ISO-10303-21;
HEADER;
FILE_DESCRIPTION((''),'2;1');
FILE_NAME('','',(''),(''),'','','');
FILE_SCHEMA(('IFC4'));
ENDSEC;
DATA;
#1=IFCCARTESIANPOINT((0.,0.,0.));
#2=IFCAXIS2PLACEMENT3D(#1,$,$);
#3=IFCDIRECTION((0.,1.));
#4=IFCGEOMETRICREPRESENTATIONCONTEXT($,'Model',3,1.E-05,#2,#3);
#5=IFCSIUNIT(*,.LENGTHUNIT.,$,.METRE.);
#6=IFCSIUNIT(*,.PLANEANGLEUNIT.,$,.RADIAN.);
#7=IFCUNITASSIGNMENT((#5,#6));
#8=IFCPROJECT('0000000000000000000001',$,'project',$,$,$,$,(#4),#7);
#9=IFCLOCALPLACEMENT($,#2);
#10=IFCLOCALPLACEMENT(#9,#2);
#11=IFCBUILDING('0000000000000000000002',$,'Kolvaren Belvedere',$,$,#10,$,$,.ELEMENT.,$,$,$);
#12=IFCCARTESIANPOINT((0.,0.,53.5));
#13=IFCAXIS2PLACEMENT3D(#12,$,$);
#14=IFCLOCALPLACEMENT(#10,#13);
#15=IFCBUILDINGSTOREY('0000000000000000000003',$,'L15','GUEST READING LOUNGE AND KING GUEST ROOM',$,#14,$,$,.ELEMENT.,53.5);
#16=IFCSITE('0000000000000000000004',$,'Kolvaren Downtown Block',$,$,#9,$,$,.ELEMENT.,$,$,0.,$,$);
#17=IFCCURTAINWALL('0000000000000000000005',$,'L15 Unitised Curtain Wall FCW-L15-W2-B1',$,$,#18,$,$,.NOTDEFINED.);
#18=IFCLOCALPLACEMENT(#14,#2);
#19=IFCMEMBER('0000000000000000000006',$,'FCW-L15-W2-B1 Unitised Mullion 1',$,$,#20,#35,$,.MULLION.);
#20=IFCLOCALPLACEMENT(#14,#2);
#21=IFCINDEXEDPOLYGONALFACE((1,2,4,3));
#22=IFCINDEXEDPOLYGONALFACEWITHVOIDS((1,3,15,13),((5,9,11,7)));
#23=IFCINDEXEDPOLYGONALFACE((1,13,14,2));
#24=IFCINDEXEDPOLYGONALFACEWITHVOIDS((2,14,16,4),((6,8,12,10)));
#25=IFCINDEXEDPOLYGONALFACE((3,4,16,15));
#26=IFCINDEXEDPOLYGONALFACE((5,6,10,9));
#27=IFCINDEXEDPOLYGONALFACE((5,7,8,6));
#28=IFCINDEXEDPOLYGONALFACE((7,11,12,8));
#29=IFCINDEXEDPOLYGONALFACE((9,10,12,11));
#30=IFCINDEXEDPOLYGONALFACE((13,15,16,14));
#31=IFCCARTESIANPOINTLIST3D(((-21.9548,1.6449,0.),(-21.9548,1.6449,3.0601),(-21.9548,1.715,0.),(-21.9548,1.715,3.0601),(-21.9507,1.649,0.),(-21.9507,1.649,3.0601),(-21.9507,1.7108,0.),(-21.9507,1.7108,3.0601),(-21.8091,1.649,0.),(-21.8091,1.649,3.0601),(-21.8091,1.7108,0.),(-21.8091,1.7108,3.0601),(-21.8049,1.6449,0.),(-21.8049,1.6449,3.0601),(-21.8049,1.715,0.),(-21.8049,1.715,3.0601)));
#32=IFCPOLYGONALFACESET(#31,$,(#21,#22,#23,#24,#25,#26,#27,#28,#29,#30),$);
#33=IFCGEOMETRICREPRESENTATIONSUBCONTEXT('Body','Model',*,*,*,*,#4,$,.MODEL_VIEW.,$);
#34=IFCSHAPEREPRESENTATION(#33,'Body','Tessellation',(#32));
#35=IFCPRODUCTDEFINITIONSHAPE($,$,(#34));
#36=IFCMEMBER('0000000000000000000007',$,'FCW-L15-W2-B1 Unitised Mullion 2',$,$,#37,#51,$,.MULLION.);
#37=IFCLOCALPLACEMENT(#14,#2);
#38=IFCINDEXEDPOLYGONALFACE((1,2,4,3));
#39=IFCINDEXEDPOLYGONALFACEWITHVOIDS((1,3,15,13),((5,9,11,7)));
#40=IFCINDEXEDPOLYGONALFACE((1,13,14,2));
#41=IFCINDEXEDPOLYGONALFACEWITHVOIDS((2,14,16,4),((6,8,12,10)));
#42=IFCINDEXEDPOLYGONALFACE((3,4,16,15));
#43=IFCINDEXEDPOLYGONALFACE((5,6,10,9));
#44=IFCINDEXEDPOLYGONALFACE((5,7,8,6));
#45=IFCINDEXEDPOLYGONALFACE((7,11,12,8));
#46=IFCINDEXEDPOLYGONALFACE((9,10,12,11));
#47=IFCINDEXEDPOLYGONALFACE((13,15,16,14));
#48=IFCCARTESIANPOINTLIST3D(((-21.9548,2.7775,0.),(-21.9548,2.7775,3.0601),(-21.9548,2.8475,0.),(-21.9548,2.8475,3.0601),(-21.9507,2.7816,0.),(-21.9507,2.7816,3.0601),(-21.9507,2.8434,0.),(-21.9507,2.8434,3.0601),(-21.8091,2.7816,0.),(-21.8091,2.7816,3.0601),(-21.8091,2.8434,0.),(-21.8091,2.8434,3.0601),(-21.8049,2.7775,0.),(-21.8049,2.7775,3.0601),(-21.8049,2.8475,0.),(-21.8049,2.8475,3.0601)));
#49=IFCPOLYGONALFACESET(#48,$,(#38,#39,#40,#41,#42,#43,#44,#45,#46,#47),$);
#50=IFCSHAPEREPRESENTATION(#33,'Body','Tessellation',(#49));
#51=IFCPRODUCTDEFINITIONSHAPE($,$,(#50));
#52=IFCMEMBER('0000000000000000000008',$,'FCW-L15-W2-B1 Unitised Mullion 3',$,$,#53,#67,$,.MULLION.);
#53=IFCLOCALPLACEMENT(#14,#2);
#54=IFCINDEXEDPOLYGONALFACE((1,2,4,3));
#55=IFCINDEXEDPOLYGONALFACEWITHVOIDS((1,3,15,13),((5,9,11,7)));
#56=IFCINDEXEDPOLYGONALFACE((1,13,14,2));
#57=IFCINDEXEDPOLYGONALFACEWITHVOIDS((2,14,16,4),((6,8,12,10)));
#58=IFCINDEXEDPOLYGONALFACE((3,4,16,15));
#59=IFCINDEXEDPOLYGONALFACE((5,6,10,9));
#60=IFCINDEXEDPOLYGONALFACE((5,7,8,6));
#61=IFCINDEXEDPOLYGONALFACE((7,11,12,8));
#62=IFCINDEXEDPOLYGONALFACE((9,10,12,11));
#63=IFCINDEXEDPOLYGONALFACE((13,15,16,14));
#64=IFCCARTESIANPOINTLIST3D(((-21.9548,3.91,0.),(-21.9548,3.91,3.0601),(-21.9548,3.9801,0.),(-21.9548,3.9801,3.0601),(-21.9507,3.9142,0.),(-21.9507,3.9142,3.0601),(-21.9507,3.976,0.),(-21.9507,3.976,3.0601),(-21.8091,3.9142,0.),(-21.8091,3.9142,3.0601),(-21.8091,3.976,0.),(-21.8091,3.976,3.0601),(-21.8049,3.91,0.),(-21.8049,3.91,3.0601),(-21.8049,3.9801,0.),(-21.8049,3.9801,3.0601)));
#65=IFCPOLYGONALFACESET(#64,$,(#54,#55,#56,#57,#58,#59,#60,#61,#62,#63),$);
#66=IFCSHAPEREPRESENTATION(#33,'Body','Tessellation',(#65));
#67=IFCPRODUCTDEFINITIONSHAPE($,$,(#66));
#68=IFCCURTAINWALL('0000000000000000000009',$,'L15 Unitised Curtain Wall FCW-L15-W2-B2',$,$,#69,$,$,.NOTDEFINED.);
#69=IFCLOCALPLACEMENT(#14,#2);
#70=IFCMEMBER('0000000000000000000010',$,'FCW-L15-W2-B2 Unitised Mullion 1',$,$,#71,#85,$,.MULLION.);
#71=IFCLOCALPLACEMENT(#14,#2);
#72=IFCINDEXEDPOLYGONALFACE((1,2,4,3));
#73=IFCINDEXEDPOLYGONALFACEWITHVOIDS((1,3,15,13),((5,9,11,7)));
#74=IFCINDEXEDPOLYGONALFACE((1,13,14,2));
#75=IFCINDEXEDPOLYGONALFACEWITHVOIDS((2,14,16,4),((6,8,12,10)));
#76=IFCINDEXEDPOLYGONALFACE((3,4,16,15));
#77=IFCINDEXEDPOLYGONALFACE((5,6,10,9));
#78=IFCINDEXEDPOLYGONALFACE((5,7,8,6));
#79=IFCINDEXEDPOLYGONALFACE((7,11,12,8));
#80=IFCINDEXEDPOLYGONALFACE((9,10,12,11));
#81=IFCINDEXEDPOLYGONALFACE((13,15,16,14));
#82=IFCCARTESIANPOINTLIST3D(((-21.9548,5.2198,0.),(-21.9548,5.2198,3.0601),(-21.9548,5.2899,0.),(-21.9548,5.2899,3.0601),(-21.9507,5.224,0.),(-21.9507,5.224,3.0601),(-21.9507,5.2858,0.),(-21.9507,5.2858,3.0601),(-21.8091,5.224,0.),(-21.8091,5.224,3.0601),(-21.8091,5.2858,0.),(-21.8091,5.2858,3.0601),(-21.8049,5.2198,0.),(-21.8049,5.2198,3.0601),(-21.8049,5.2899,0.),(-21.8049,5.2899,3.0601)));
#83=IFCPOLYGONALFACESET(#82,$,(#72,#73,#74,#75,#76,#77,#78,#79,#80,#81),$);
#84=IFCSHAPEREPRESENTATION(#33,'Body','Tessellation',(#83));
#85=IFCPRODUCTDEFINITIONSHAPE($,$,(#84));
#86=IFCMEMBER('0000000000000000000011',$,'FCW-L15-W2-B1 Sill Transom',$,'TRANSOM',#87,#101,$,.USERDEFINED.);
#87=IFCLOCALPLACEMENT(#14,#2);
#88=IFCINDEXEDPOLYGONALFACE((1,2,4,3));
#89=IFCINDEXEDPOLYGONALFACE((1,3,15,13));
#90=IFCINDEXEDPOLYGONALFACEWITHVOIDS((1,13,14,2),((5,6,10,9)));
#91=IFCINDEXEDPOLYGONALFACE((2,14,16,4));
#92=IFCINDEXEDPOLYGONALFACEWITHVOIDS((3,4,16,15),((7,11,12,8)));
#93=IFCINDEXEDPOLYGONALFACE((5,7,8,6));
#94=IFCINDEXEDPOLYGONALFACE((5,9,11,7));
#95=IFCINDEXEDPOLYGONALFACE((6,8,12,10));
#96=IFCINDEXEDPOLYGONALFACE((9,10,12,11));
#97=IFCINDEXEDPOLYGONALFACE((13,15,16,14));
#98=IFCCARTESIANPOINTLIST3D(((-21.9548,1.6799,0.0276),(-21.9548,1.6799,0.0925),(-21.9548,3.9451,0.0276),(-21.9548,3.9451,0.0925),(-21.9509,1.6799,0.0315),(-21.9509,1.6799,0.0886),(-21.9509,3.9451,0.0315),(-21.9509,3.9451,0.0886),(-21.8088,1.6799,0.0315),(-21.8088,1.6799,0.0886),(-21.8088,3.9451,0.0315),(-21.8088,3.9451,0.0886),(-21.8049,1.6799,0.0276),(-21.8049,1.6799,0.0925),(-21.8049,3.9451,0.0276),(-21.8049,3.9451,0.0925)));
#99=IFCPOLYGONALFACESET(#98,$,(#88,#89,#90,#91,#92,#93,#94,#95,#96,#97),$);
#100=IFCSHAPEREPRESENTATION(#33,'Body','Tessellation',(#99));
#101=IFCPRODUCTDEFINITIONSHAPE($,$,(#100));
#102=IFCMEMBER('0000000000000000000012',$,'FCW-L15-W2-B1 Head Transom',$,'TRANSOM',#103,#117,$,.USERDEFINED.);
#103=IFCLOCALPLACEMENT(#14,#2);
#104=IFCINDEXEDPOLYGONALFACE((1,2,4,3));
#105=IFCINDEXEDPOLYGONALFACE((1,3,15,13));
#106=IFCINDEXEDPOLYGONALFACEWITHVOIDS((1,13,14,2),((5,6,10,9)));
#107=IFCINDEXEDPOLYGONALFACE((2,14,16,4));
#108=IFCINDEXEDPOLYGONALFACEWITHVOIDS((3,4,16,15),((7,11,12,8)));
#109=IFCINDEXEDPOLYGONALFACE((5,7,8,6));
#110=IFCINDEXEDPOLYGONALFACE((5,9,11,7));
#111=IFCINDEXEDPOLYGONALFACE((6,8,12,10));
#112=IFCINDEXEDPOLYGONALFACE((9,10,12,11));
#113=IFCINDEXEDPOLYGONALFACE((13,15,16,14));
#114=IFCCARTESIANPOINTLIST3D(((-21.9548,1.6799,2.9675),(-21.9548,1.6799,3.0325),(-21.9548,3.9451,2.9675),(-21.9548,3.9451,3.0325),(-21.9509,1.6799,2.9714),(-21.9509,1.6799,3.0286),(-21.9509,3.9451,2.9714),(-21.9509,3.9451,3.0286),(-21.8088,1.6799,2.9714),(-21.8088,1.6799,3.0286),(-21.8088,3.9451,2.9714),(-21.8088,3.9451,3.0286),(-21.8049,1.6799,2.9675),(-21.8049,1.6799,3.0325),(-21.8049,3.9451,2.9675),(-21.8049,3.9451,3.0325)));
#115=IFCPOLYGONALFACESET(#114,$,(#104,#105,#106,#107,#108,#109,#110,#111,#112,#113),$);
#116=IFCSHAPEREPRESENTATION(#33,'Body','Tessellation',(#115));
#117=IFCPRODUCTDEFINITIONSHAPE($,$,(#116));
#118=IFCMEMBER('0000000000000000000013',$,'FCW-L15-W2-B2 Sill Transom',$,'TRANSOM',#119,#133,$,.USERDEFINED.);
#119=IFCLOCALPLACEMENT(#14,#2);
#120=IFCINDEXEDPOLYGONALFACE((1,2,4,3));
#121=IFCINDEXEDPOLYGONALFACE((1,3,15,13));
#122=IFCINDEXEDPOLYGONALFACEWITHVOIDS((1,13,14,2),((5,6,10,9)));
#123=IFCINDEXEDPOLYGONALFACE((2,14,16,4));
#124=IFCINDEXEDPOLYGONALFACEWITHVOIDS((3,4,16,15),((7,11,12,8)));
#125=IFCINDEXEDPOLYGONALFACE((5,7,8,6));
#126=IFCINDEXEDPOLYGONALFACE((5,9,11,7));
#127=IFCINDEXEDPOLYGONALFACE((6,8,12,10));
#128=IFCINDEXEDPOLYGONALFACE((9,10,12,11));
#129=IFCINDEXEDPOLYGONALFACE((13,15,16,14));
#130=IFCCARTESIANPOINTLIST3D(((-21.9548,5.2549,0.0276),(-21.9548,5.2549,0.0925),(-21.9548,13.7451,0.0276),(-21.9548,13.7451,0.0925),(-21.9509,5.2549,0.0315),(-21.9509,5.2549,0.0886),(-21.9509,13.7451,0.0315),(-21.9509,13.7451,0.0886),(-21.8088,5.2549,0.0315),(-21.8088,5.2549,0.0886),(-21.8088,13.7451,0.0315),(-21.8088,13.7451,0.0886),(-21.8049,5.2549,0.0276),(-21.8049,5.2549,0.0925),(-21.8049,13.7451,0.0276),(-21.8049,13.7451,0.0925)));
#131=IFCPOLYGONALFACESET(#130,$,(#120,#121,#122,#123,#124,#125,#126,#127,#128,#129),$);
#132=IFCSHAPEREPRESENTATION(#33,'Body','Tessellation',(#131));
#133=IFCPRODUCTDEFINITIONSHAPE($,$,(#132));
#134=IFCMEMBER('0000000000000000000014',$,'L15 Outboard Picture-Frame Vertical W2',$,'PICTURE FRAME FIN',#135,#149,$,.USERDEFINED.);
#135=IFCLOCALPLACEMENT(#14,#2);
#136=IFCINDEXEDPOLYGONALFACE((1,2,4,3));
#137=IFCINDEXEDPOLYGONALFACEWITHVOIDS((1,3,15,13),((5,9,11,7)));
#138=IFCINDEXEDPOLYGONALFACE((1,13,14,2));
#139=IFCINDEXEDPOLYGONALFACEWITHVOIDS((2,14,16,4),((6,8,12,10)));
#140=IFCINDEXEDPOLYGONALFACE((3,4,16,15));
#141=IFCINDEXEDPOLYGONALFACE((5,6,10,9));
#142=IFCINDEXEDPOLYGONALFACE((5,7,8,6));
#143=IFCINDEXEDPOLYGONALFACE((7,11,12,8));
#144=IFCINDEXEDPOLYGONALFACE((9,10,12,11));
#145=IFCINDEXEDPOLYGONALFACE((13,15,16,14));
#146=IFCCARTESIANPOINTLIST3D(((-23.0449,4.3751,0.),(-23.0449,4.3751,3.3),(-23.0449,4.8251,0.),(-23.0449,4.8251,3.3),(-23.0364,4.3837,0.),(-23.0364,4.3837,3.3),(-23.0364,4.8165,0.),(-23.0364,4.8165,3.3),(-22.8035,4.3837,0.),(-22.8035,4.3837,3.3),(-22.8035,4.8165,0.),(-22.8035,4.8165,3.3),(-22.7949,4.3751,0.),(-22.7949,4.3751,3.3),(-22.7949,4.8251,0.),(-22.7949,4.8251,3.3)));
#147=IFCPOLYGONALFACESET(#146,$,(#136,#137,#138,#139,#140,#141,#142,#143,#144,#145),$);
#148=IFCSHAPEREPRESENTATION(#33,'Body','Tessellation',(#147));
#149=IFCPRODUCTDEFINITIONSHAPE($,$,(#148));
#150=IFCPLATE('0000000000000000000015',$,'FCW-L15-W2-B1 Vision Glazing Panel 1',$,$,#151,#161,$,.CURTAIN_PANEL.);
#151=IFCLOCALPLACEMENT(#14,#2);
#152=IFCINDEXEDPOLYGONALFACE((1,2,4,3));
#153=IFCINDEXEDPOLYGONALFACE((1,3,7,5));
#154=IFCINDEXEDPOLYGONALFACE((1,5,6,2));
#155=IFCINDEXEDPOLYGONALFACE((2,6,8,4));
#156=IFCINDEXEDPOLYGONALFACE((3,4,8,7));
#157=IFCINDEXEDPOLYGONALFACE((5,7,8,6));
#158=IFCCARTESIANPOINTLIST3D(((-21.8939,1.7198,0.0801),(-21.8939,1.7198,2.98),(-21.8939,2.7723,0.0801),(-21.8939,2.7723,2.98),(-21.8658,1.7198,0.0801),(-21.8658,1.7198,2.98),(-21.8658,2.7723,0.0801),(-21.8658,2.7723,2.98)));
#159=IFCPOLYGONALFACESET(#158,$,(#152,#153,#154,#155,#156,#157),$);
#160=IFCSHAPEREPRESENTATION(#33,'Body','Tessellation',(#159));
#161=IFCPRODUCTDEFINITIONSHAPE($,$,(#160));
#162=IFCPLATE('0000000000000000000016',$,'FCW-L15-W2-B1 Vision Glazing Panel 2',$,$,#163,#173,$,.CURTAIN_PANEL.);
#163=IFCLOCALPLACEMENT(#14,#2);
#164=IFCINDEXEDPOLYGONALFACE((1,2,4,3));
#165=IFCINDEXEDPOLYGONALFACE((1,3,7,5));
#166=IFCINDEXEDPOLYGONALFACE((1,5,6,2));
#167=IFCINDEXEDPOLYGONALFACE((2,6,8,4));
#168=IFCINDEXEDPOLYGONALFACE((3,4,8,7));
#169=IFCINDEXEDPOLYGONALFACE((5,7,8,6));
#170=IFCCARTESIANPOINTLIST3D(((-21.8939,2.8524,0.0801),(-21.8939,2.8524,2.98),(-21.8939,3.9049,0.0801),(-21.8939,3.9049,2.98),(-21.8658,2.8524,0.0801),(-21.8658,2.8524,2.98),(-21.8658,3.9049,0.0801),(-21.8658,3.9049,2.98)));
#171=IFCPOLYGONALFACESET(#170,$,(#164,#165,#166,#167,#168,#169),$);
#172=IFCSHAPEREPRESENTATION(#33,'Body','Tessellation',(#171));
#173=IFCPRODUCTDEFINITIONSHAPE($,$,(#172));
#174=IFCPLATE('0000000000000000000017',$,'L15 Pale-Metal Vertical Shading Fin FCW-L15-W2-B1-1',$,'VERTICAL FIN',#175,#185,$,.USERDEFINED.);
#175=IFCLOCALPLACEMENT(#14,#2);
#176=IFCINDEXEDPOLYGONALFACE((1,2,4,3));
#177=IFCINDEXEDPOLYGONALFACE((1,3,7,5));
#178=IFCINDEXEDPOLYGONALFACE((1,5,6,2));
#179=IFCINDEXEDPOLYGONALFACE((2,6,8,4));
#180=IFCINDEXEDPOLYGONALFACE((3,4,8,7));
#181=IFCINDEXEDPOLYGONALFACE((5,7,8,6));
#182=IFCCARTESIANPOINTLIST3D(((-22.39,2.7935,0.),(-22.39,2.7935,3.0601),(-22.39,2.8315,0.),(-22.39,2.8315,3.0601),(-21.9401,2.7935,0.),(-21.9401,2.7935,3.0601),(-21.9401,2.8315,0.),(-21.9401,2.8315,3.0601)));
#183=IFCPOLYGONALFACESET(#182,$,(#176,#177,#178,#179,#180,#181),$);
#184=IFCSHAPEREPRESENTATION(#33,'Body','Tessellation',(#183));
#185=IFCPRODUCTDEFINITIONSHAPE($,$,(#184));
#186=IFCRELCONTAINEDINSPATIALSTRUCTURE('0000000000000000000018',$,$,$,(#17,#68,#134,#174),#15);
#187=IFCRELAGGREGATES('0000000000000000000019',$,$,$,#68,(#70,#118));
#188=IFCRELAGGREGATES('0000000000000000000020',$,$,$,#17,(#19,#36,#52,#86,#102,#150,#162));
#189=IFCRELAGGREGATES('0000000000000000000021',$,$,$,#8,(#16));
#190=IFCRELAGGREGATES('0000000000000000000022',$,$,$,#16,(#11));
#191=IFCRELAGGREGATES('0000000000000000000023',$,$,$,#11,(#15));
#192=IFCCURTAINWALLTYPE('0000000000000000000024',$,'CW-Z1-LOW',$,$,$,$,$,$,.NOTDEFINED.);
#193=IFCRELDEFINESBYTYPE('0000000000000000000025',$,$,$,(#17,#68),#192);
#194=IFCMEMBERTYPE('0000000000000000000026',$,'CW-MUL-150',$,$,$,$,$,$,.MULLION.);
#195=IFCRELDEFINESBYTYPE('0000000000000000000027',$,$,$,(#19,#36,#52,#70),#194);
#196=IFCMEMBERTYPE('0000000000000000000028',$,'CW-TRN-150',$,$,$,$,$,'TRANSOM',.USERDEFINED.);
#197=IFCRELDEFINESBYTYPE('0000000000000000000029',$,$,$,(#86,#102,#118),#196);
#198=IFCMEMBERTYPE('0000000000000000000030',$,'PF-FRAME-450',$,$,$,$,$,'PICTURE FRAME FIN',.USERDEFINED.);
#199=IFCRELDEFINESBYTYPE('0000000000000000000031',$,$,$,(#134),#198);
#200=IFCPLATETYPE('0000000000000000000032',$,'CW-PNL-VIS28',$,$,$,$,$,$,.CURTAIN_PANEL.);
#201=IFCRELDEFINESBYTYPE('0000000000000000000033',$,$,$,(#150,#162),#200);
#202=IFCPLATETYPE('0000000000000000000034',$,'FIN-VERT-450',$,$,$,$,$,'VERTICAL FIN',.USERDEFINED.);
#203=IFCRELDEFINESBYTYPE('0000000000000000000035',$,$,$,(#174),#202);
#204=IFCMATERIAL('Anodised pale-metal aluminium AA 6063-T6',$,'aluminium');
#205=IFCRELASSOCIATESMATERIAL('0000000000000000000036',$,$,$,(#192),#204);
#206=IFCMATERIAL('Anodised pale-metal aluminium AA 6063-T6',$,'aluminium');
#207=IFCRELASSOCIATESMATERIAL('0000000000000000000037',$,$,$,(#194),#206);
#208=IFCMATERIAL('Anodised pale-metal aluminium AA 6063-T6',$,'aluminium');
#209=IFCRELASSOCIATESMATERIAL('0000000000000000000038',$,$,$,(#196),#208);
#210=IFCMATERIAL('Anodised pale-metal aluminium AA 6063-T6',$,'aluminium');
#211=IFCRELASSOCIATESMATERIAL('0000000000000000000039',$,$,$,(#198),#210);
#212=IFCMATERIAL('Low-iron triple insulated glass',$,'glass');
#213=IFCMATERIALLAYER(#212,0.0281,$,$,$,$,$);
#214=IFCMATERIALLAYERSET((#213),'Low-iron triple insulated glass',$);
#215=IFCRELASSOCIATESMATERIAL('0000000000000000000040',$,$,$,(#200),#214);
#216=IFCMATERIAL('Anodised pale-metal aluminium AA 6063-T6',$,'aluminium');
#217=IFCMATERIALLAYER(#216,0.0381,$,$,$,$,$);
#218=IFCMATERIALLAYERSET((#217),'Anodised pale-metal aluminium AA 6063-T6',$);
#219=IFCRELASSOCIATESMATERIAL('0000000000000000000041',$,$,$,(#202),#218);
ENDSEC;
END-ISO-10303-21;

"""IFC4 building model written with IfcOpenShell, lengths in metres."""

from ifc_helpers import new_model, si_unit, direction, frame, origin, origin_2d, place, context, subcontext, project, spatial, rectangle, hollow_rectangle, extrude, material, layer, layer_set, material_profile, profile_set, type_object, element, aggregate, save


model = new_model("IFC4")

# Units and contexts
model_context = context("Model", 3, precision=1e-05, world=origin(), true_north=direction((0.0, 1.0)))
body_context = subcontext(model_context, "Body", "Model", "MODEL_VIEW")
ifc_project = project(units=[si_unit("LENGTHUNIT", "METRE"), si_unit("PLANEANGLEUNIT", "RADIAN")], contexts=[model_context])

# Site, building, storey
site_placement = place(None, origin())
site = spatial("IfcSite", under=ifc_project, at=site_placement, Name="Kolvaren Downtown Block", CompositionType="ELEMENT", RefElevation=0.0)
building_placement = place(site_placement, origin())
building = spatial("IfcBuilding", under=site, at=building_placement, Name="Kolvaren Belvedere", CompositionType="ELEMENT")
storey_placement = place(building_placement, frame((0.0, 0.0, 53.5)))
storey = spatial("IfcBuildingStorey", under=building, at=storey_placement, Name="L15", Description="GUEST READING LOUNGE AND KING GUEST ROOM", CompositionType="ELEMENT", Elevation=53.5)

# Curtain wall, members
ifc_material_1 = material(Name="Anodised pale-metal aluminium AA 6063-T6", Category="aluminium")
curtain_wall_type = type_object("IfcCurtainWallType", Name="CW-Z1-LOW", PredefinedType="NOTDEFINED", material=ifc_material_1)
curtain_wall_1_placement = place(storey_placement, origin())
curtain_wall_1 = element("IfcCurtainWall", 1, at=curtain_wall_1_placement, inside=storey, type_object=curtain_wall_type, Name="L15 Unitised Curtain Wall FCW-L15-W2-B1", PredefinedType="NOTDEFINED")
ifc_material_2 = material(Name="Anodised pale-metal aluminium AA 6063-T6", Category="aluminium")
ifc_material_profile_1 = material_profile(ifc_material_2, hollow_rectangle(XDim=0.0701, YDim=0.1499, WallThickness=0.0042, at=origin_2d()), Name="ALU-MUL-150X70")
ifc_profile_set_1 = profile_set([ifc_material_profile_1], Name="Anodised pale-metal aluminium AA 6063-T6")
member_type_1 = type_object("IfcMemberType", Name="CW-MUL-150", PredefinedType="MULLION", material=ifc_profile_set_1)
member_1_placement = place(storey_placement, frame((-21.8799, 1.6799, 0.0), z_axis=(0.0, 0.0, 1.0), x_axis=(0.0, 1.0, 0.0)))
member_1 = element("IfcMember", 2, at=member_1_placement, type_object=member_type_1, Name="FCW-L15-W2-B1 Unitised Mullion 1", PredefinedType="MULLION", context=body_context, shape_type="SweptSolid", body=[
    extrude(hollow_rectangle(XDim=0.0701, YDim=0.1499, WallThickness=0.0042, at=origin_2d()), origin(), (0.0, 0.0, 1.0), 3.0601),
])
member_2_placement = place(storey_placement, frame((-21.8799, 2.8125, 0.0), z_axis=(0.0, 0.0, 1.0), x_axis=(0.0, 1.0, 0.0)))
member_2 = element("IfcMember", 3, at=member_2_placement, type_object=member_type_1, Name="FCW-L15-W2-B1 Unitised Mullion 2", PredefinedType="MULLION", context=body_context, shape_type="SweptSolid", body=[
    extrude(hollow_rectangle(XDim=0.0701, YDim=0.1499, WallThickness=0.0042, at=origin_2d()), origin(), (0.0, 0.0, 1.0), 3.0601),
])
member_3_placement = place(storey_placement, frame((-21.8799, 3.9451, 0.0), z_axis=(0.0, 0.0, 1.0), x_axis=(0.0, 1.0, 0.0)))
member_3 = element("IfcMember", 4, at=member_3_placement, type_object=member_type_1, Name="FCW-L15-W2-B1 Unitised Mullion 3", PredefinedType="MULLION", context=body_context, shape_type="SweptSolid", body=[
    extrude(hollow_rectangle(XDim=0.0701, YDim=0.1499, WallThickness=0.0042, at=origin_2d()), origin(), (0.0, 0.0, 1.0), 3.0601),
])

# Curtain wall, member
curtain_wall_2_placement = place(storey_placement, origin())
curtain_wall_2 = element("IfcCurtainWall", 5, at=curtain_wall_2_placement, inside=storey, type_object=curtain_wall_type, Name="L15 Unitised Curtain Wall FCW-L15-W2-B2", PredefinedType="NOTDEFINED")
member_4_placement = place(storey_placement, frame((-21.8799, 5.2549, 0.0), z_axis=(0.0, 0.0, 1.0), x_axis=(0.0, 1.0, 0.0)))
member_4 = element("IfcMember", 6, at=member_4_placement, type_object=member_type_1, Name="FCW-L15-W2-B2 Unitised Mullion 1", PredefinedType="MULLION", context=body_context, shape_type="SweptSolid", body=[
    extrude(hollow_rectangle(XDim=0.0701, YDim=0.1499, WallThickness=0.0042, at=origin_2d()), origin(), (0.0, 0.0, 1.0), 3.0601),
])

# Members
ifc_material_3 = material(Name="Anodised pale-metal aluminium AA 6063-T6", Category="aluminium")
ifc_material_profile_2 = material_profile(ifc_material_3, hollow_rectangle(XDim=0.0649, YDim=0.1499, WallThickness=0.0039, at=origin_2d()), Name="ALU-TRN-150X65")
ifc_profile_set_2 = profile_set([ifc_material_profile_2], Name="Anodised pale-metal aluminium AA 6063-T6")
member_type_2 = type_object("IfcMemberType", Name="CW-TRN-150", ElementType="TRANSOM", PredefinedType="USERDEFINED", material=ifc_profile_set_2)
member_5_placement = place(storey_placement, frame((-21.8799, 1.6799, 0.0601), z_axis=(0.0, 1.0, 0.0), x_axis=(0.0, 0.0, 1.0)))
member_5 = element("IfcMember", 7, at=member_5_placement, type_object=member_type_2, Name="FCW-L15-W2-B1 Sill Transom", ObjectType="TRANSOM", PredefinedType="USERDEFINED", context=body_context, shape_type="SweptSolid", body=[
    extrude(hollow_rectangle(XDim=0.0649, YDim=0.1499, WallThickness=0.0039, at=origin_2d()), origin(), (0.0, 0.0, 1.0), 2.2651),
])
member_6_placement = place(storey_placement, frame((-21.8799, 1.6799, 3.0), z_axis=(0.0, 1.0, 0.0), x_axis=(0.0, 0.0, 1.0)))
member_6 = element("IfcMember", 8, at=member_6_placement, type_object=member_type_2, Name="FCW-L15-W2-B1 Head Transom", ObjectType="TRANSOM", PredefinedType="USERDEFINED", context=body_context, shape_type="SweptSolid", body=[
    extrude(hollow_rectangle(XDim=0.0649, YDim=0.1499, WallThickness=0.0039, at=origin_2d()), origin(), (0.0, 0.0, 1.0), 2.2651),
])
member_7_placement = place(storey_placement, frame((-21.8799, 5.2549, 0.0601), z_axis=(0.0, 1.0, 0.0), x_axis=(0.0, 0.0, 1.0)))
member_7 = element("IfcMember", 9, at=member_7_placement, type_object=member_type_2, Name="FCW-L15-W2-B2 Sill Transom", ObjectType="TRANSOM", PredefinedType="USERDEFINED", context=body_context, shape_type="SweptSolid", body=[
    extrude(hollow_rectangle(XDim=0.0649, YDim=0.1499, WallThickness=0.0039, at=origin_2d()), origin(), (0.0, 0.0, 1.0), 8.4902),
])
aggregate(curtain_wall_2, [member_4, member_7])
ifc_material_4 = material(Name="Anodised pale-metal aluminium AA 6063-T6", Category="aluminium")
ifc_material_profile_3 = material_profile(ifc_material_4, hollow_rectangle(XDim=0.25, YDim=0.45, WallThickness=0.0085, at=origin_2d()), Name="ALU-PF-450X250")
ifc_profile_set_3 = profile_set([ifc_material_profile_3], Name="Anodised pale-metal aluminium AA 6063-T6")
member_type_3 = type_object("IfcMemberType", Name="PF-FRAME-450", ElementType="PICTURE FRAME FIN", PredefinedType="USERDEFINED", material=ifc_profile_set_3)
member_8_placement = place(storey_placement, frame((-22.9199, 4.6001, 0.0), z_axis=(0.0, 0.0, 1.0), x_axis=(1.0, 0.0, 0.0)))
element("IfcMember", 10, at=member_8_placement, inside=storey, type_object=member_type_3, Name="L15 Outboard Picture-Frame Vertical W2", ObjectType="PICTURE FRAME FIN", PredefinedType="USERDEFINED", context=body_context, shape_type="SweptSolid", body=[
    extrude(hollow_rectangle(XDim=0.25, YDim=0.45, WallThickness=0.0085, at=origin_2d()), origin(), (0.0, 0.0, 1.0), 3.3),
])

# Plates
ifc_material_5 = material(Name="Low-iron triple insulated glass", Category="glass")
ifc_layer_1 = layer(ifc_material_5, 0.0281)
ifc_layer_set_1 = layer_set([ifc_layer_1], Name="Low-iron triple insulated glass")
plate_type_1 = type_object("IfcPlateType", Name="CW-PNL-VIS28", PredefinedType="CURTAIN_PANEL", material=ifc_layer_set_1)
plate_1_placement = place(storey_placement, frame((-21.8799, 2.2461, 0.0801), z_axis=(0.0, 0.0, 1.0), x_axis=(0.0, 1.0, 0.0)))
plate_1 = element("IfcPlate", 11, at=plate_1_placement, type_object=plate_type_1, Name="FCW-L15-W2-B1 Vision Glazing Panel 1", PredefinedType="CURTAIN_PANEL", context=body_context, shape_type="SweptSolid", body=[
    extrude(rectangle(XDim=1.0525, YDim=0.0281, at=origin_2d()), origin(), (0.0, 0.0, 1.0), 2.8999),
])
plate_2_placement = place(storey_placement, frame((-21.8799, 3.3787, 0.0801), z_axis=(0.0, 0.0, 1.0), x_axis=(0.0, 1.0, 0.0)))
plate_2 = element("IfcPlate", 12, at=plate_2_placement, type_object=plate_type_1, Name="FCW-L15-W2-B1 Vision Glazing Panel 2", PredefinedType="CURTAIN_PANEL", context=body_context, shape_type="SweptSolid", body=[
    extrude(rectangle(XDim=1.0525, YDim=0.0281, at=origin_2d()), origin(), (0.0, 0.0, 1.0), 2.8999),
])
aggregate(curtain_wall_1, [member_1, member_2, member_3, member_5, member_6, plate_1, plate_2])
ifc_material_6 = material(Name="Anodised pale-metal aluminium AA 6063-T6", Category="aluminium")
ifc_layer_2 = layer(ifc_material_6, 0.0381)
ifc_layer_set_2 = layer_set([ifc_layer_2], Name="Anodised pale-metal aluminium AA 6063-T6")
plate_type_2 = type_object("IfcPlateType", Name="FIN-VERT-450", ElementType="VERTICAL FIN", PredefinedType="USERDEFINED", material=ifc_layer_set_2)
plate_3_placement = place(storey_placement, frame((-22.165, 2.8125, 0.0), z_axis=(0.0, 0.0, 1.0), x_axis=(1.0, 0.0, 0.0)))
element("IfcPlate", 13, at=plate_3_placement, inside=storey, type_object=plate_type_2, Name="L15 Pale-Metal Vertical Shading Fin FCW-L15-W2-B1-1", ObjectType="VERTICAL FIN", PredefinedType="USERDEFINED", context=body_context, shape_type="SweptSolid", body=[
    extrude(rectangle(XDim=0.45, YDim=0.0381, at=origin_2d()), origin(), (0.0, 0.0, 1.0), 3.0601),
])

save(model, "model.ifc")
